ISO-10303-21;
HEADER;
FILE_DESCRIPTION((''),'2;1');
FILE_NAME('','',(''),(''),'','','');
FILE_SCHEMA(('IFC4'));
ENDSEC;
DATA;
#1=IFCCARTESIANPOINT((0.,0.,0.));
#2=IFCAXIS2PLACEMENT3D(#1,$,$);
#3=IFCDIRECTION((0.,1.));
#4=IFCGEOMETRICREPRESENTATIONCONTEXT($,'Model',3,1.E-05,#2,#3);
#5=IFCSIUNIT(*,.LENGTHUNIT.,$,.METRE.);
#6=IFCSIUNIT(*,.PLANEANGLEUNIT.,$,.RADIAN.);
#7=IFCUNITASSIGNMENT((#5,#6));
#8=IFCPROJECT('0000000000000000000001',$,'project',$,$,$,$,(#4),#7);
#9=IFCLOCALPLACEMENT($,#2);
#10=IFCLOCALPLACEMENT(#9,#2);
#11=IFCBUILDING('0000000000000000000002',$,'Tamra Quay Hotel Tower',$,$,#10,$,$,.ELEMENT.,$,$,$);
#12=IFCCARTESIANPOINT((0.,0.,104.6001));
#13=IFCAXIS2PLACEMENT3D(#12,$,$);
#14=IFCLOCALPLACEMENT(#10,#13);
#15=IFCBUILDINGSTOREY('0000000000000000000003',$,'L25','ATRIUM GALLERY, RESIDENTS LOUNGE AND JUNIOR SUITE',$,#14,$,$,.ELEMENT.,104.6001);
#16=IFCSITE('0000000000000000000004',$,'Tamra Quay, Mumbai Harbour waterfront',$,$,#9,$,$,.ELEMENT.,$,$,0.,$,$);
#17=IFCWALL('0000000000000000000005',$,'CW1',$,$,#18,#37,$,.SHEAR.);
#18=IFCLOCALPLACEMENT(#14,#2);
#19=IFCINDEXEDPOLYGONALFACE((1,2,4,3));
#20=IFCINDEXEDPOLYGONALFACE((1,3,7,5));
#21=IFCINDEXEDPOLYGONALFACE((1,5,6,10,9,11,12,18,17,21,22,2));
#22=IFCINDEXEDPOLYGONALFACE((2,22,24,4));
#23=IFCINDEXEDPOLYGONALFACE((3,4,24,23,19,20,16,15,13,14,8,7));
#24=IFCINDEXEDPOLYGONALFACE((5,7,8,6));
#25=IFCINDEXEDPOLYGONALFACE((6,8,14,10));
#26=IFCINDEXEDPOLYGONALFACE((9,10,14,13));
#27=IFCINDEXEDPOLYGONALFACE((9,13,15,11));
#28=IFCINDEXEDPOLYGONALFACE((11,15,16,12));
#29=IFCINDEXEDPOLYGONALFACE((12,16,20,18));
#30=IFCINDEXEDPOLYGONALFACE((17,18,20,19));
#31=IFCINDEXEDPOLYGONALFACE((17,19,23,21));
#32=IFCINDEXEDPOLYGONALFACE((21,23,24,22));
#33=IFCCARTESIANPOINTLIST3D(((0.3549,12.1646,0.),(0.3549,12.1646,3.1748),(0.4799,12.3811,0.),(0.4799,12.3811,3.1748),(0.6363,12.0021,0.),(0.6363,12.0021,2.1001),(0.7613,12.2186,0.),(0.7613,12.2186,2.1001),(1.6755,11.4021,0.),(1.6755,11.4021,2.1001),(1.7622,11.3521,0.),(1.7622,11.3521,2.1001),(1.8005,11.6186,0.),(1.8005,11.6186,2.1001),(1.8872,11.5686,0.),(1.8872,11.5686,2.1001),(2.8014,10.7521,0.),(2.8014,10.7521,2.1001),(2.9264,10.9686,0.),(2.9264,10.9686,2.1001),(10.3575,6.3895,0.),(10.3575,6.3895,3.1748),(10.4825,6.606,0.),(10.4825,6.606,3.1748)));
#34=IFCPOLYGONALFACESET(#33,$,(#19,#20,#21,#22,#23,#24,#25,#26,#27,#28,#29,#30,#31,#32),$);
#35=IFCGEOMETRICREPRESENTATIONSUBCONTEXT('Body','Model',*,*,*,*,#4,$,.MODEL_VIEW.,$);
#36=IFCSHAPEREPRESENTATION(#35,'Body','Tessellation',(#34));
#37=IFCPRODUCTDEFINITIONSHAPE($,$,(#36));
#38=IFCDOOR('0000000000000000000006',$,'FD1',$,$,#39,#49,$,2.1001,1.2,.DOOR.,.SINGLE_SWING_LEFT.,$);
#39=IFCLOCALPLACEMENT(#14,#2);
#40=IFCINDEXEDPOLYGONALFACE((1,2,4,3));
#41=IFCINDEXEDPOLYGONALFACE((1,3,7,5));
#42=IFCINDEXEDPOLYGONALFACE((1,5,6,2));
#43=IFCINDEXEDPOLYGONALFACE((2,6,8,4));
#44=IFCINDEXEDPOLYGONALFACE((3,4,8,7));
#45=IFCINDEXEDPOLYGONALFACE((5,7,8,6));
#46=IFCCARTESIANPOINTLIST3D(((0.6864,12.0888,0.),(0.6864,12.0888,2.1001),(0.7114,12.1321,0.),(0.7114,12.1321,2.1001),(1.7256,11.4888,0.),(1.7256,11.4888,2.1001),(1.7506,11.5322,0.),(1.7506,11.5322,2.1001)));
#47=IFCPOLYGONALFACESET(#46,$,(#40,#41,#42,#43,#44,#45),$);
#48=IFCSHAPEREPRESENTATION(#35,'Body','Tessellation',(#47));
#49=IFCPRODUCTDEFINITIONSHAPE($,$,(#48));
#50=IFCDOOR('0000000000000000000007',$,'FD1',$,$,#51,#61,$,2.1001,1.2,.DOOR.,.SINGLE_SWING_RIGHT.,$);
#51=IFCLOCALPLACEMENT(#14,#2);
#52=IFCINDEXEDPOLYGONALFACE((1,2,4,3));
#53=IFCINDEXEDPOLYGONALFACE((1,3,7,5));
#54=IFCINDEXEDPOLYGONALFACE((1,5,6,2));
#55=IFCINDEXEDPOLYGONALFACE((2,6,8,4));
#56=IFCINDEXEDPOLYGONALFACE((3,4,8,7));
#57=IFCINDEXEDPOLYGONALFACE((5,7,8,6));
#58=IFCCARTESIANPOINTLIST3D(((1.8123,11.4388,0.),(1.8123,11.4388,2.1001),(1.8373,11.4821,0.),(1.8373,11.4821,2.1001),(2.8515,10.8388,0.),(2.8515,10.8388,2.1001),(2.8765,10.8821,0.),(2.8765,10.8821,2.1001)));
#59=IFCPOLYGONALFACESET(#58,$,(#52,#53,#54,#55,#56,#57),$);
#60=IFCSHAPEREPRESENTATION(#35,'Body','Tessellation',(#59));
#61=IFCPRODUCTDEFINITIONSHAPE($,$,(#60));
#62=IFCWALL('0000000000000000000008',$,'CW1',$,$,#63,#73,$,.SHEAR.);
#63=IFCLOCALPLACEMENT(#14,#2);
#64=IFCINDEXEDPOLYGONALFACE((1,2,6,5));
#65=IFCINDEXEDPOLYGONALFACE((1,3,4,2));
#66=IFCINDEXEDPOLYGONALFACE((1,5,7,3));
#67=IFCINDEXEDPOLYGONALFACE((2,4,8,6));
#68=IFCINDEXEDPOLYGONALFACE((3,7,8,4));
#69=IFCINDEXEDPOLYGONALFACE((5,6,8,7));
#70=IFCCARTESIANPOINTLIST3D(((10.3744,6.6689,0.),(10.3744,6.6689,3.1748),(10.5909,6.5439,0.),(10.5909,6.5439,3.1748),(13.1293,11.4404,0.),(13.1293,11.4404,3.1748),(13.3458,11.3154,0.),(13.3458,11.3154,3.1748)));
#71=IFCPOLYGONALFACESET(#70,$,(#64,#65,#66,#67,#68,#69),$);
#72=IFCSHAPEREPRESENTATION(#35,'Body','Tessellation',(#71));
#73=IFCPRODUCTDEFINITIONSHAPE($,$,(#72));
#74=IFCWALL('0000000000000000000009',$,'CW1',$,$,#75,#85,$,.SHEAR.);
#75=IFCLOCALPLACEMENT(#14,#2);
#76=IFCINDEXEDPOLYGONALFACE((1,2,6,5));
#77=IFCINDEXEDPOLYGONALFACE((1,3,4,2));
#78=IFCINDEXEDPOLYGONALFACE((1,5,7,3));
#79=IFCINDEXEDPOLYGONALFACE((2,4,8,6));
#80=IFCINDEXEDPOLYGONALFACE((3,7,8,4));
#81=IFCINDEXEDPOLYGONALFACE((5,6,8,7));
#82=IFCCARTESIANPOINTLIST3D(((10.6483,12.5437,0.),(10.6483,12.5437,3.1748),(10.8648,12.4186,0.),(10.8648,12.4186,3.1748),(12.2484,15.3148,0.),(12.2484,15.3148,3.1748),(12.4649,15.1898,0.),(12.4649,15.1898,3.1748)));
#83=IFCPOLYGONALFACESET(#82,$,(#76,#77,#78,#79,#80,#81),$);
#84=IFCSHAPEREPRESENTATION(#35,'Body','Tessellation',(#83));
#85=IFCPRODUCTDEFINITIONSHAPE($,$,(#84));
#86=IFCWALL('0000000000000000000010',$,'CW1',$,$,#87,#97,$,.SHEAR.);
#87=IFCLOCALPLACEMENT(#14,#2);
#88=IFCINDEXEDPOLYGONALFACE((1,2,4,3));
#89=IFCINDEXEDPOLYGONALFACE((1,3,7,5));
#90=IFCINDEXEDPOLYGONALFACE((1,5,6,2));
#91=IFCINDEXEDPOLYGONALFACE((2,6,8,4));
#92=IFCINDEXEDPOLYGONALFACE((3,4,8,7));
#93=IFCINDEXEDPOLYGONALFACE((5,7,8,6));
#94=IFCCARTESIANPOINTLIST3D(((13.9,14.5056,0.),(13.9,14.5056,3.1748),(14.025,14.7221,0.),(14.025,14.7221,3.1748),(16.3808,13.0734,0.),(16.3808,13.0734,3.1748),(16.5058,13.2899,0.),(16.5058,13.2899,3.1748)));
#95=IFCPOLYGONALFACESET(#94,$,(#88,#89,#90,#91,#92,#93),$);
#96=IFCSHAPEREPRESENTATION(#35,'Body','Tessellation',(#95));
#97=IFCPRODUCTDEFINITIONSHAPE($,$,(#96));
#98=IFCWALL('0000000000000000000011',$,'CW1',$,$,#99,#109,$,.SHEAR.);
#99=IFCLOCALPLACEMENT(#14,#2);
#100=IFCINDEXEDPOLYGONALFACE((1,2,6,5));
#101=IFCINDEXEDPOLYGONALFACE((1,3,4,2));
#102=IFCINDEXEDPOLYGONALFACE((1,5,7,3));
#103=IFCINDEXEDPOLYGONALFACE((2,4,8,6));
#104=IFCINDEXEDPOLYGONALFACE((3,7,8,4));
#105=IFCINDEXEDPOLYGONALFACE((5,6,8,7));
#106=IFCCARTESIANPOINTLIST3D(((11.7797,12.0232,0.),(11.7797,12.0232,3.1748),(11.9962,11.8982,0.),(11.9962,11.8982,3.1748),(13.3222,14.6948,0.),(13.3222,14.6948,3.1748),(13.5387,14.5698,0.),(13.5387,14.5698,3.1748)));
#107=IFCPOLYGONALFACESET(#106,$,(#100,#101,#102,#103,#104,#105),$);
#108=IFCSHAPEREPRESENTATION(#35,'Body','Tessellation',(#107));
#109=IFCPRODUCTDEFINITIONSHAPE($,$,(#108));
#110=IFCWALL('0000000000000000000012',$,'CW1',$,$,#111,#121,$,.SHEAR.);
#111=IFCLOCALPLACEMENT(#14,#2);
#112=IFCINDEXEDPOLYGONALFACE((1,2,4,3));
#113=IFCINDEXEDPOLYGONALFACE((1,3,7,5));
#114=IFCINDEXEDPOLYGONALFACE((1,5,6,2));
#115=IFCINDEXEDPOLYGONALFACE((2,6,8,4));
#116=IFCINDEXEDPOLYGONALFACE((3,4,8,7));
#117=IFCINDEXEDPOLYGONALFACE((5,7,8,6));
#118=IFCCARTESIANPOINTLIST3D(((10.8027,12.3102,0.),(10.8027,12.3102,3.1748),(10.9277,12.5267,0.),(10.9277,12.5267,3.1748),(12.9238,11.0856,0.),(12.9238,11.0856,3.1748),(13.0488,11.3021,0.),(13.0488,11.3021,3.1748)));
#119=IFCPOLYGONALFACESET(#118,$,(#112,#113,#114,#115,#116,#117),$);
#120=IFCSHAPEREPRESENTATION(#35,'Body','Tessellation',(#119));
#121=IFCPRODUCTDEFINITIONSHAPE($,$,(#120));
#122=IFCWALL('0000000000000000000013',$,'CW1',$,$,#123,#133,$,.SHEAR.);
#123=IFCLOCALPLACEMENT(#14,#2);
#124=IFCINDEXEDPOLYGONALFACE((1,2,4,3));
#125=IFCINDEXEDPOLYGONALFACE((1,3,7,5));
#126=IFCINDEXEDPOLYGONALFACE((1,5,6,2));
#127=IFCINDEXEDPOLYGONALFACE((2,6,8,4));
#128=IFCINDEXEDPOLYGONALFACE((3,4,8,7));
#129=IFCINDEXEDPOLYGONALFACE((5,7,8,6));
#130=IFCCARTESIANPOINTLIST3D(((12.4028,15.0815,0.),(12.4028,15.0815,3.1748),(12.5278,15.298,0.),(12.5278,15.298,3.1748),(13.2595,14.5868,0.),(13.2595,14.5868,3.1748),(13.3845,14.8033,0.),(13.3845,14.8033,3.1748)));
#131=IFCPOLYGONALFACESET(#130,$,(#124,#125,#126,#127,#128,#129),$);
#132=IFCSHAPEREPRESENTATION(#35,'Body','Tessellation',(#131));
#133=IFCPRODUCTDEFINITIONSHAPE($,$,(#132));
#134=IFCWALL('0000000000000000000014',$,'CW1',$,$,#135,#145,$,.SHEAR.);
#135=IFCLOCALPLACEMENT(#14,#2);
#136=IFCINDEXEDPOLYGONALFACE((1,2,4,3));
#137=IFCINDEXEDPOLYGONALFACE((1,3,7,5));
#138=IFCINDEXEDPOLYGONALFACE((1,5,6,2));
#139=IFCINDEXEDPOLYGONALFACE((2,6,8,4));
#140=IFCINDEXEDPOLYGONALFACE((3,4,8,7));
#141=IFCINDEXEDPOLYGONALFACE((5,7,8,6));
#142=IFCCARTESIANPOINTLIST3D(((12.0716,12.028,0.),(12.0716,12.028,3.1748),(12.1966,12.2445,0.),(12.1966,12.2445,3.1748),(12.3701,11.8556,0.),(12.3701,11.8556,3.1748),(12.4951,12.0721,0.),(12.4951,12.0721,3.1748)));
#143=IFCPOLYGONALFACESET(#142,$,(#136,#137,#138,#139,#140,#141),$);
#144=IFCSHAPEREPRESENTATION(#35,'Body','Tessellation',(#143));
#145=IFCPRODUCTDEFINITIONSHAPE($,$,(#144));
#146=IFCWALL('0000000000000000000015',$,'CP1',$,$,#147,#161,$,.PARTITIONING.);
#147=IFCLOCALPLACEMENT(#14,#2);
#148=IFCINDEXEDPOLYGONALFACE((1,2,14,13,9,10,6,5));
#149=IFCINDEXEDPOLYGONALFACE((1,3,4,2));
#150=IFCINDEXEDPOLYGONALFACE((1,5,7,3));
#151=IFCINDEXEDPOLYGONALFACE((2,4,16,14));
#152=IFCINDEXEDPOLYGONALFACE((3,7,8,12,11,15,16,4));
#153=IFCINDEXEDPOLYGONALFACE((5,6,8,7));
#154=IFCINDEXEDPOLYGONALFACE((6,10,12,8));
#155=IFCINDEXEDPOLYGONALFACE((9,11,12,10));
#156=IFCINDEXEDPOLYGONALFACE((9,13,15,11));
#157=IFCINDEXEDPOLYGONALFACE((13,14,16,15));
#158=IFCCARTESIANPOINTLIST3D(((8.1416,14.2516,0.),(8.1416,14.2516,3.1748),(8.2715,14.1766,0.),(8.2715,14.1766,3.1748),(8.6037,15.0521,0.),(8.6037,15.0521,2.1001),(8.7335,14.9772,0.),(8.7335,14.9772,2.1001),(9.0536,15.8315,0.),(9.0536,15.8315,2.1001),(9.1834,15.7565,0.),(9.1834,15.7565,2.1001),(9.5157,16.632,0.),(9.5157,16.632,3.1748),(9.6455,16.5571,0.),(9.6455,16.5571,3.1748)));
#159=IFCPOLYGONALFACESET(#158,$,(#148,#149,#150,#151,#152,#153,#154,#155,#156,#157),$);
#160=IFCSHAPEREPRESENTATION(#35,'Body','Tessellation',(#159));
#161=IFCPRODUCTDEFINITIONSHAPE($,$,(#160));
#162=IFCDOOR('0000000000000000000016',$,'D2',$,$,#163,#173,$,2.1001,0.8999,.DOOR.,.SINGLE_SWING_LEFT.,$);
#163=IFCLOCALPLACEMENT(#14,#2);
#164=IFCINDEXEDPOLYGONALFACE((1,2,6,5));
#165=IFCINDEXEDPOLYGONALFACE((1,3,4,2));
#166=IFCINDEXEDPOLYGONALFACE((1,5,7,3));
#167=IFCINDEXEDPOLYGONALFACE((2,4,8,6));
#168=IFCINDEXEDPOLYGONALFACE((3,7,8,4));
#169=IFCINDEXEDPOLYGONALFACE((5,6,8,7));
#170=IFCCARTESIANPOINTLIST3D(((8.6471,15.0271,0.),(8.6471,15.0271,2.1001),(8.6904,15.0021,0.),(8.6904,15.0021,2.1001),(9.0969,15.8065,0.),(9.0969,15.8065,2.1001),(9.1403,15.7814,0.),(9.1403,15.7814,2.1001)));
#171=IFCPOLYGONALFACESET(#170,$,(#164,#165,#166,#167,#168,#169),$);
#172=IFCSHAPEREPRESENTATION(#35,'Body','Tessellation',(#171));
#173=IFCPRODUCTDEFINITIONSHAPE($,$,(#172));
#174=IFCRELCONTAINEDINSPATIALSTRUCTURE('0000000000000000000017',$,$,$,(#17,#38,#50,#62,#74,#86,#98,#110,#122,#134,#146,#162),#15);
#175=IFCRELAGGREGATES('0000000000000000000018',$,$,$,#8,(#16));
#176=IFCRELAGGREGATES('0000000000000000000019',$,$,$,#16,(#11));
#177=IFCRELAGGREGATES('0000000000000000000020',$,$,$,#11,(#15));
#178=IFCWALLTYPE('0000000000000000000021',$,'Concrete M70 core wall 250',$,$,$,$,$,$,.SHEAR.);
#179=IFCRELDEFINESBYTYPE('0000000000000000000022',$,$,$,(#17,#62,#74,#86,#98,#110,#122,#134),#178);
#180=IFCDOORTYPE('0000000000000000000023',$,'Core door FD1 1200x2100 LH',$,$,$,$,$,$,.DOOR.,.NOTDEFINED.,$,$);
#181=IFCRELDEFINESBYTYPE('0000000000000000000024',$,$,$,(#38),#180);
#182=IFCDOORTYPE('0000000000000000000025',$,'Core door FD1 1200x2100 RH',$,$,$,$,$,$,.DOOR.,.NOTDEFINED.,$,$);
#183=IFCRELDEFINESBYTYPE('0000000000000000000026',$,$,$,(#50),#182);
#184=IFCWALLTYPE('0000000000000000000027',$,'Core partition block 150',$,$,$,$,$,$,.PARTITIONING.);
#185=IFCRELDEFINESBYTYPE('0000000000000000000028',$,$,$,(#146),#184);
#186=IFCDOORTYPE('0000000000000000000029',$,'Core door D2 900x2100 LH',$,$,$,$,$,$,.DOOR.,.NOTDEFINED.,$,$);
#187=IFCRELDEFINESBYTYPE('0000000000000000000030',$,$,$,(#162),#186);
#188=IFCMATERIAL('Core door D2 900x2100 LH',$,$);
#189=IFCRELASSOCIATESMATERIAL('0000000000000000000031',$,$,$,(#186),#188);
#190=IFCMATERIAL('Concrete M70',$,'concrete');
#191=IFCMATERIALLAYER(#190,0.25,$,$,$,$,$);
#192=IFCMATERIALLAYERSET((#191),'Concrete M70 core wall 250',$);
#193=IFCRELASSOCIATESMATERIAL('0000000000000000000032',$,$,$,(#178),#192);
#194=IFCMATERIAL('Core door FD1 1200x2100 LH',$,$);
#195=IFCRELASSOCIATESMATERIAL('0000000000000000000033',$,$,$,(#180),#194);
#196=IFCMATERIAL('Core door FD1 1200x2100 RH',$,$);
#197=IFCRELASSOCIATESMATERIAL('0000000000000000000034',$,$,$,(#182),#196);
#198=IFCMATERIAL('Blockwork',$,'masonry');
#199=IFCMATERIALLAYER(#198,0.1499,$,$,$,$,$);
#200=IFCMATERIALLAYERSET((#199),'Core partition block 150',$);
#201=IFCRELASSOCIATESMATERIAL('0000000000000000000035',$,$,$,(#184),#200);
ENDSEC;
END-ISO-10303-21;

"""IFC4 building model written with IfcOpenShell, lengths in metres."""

from ifc_helpers import new_model, si_unit, direction, frame, frame_2d, origin, place, context, subcontext, project, spatial, rectangle, extrude, material, layer, layer_set, type_object, element, fill, save


model = new_model("IFC4")

# Units and contexts
model_context = context("Model", 3, precision=1e-05, world=origin(), true_north=direction((0.0, 1.0)))
body_context = subcontext(model_context, "Body", "Model", "MODEL_VIEW")
ifc_project = project(units=[si_unit("LENGTHUNIT", "METRE"), si_unit("PLANEANGLEUNIT", "RADIAN")], contexts=[model_context])

# Site, building, storey
site_placement = place(None, origin())
site = spatial("IfcSite", under=ifc_project, at=site_placement, Name="Tamra Quay, Mumbai Harbour waterfront", CompositionType="ELEMENT", RefElevation=0.0)
building_placement = place(site_placement, origin())
building = spatial("IfcBuilding", under=site, at=building_placement, Name="Tamra Quay Hotel Tower", CompositionType="ELEMENT")
storey_placement = place(building_placement, frame((0.0, 0.0, 104.6001)))
storey = spatial("IfcBuildingStorey", under=building, at=storey_placement, Name="L25", Description="ATRIUM GALLERY, RESIDENTS LOUNGE AND JUNIOR SUITE", CompositionType="ELEMENT", Elevation=104.6001)

# Shared definitions
ifc_material_1 = material(Name="Concrete M70", Category="concrete")

# Shared definitions
ifc_material_2 = material(Name="Core door D2 900x2100 LH")
door_type_1 = type_object("IfcDoorType", Name="Core door D2 900x2100 LH", OperationType="NOTDEFINED", PredefinedType="DOOR", material=ifc_material_2)

# Wall, openings, doors
ifc_layer_1 = layer(ifc_material_1, 0.25)
ifc_layer_set_1 = layer_set([ifc_layer_1], Name="Concrete M70 core wall 250")
wall_type_1 = type_object("IfcWallType", Name="Concrete M70 core wall 250", PredefinedType="SHEAR", material=ifc_layer_set_1)
wall_1_placement = place(storey_placement, frame((10.4199, 6.4978, 0.0), z_axis=(0.0, 0.0, 1.0), x_axis=(-0.866022, 0.500006, 0.0)))
wall_1 = element("IfcWall", 1, at=wall_1_placement, inside=storey, type_object=wall_type_1, Name="CW1", PredefinedType="SHEAR", context=body_context, shape_type="SweptSolid", body=[
    extrude(rectangle(XDim=11.55, YDim=0.25, at=frame_2d((5.7749, 0.0))), origin(), (0.0, 0.0, 1.0), 3.1748),
])
opening_1_placement = place(wall_1_placement, frame((10.0249, 0.0, 0.0)))
opening_1 = element("IfcOpeningElement", 2, at=opening_1_placement, cuts=wall_1, PredefinedType="OPENING", context=body_context, shape_type="SweptSolid", body=[
    extrude(rectangle(XDim=1.2, YDim=2.1001, at=frame_2d((0.6001, 1.05))), frame((0.0, 0.135, 0.0), z_axis=(0.0, -1.0, 0.0), x_axis=(1.0, 0.0, 0.0)), (0.0, 0.0, 1.0), 0.27),
])
opening_2_placement = place(wall_1_placement, frame((8.7249, 0.0, 0.0)))
opening_2 = element("IfcOpeningElement", 3, at=opening_2_placement, cuts=wall_1, PredefinedType="OPENING", context=body_context, shape_type="SweptSolid", body=[
    extrude(rectangle(XDim=1.2, YDim=2.1001, at=frame_2d((0.6001, 1.05))), frame((0.0, 0.135, 0.0), z_axis=(0.0, -1.0, 0.0), x_axis=(1.0, 0.0, 0.0)), (0.0, 0.0, 1.0), 0.27),
])
ifc_material_3 = material(Name="Core door FD1 1200x2100 LH")
door_type_2 = type_object("IfcDoorType", Name="Core door FD1 1200x2100 LH", OperationType="NOTDEFINED", PredefinedType="DOOR", material=ifc_material_3)
door_1_placement = place(opening_1_placement, origin())
door_1 = element("IfcDoor", 4, at=door_1_placement, inside=storey, type_object=door_type_2, Name="FD1", OperationType="SINGLE_SWING_LEFT", OverallHeight=2.1001, OverallWidth=1.2, PredefinedType="DOOR", context=body_context, shape_type="SweptSolid", body=[
    extrude(rectangle(XDim=1.2, YDim=2.1001, at=frame_2d((0.6001, 1.05))), frame((0.0, 0.0249, 0.0), z_axis=(0.0, -1.0, 0.0), x_axis=(1.0, 0.0, 0.0)), (0.0, 0.0, 1.0), 0.05),
])
fill(opening_1, door_1)
ifc_material_4 = material(Name="Core door FD1 1200x2100 RH")
door_type_3 = type_object("IfcDoorType", Name="Core door FD1 1200x2100 RH", OperationType="NOTDEFINED", PredefinedType="DOOR", material=ifc_material_4)
door_2_placement = place(opening_2_placement, origin())
door_2 = element("IfcDoor", 5, at=door_2_placement, inside=storey, type_object=door_type_3, Name="FD1", OperationType="SINGLE_SWING_RIGHT", OverallHeight=2.1001, OverallWidth=1.2, PredefinedType="DOOR", context=body_context, shape_type="SweptSolid", body=[
    extrude(rectangle(XDim=1.2, YDim=2.1001, at=frame_2d((0.6001, 1.05))), frame((0.0, 0.0249, 0.0), z_axis=(0.0, -1.0, 0.0), x_axis=(1.0, 0.0, 0.0)), (0.0, 0.0, 1.0), 0.05),
])
fill(opening_2, door_2)

# Walls
wall_2_placement = place(storey_placement, frame((13.2375, 11.3779, 0.0), z_axis=(0.0, 0.0, 1.0), x_axis=(-0.500009, -0.86602, 0.0)))
element("IfcWall", 6, at=wall_2_placement, inside=storey, type_object=wall_type_1, Name="CW1", PredefinedType="SHEAR", context=body_context, shape_type="SweptSolid", body=[
    extrude(rectangle(XDim=5.5098, YDim=0.25, at=frame_2d((2.7549, 0.0))), origin(), (0.0, 0.0, 1.0), 3.1748),
])
wall_3_placement = place(storey_placement, frame((12.3567, 15.2524, 0.0), z_axis=(0.0, 0.0, 1.0), x_axis=(-0.500028, -0.866009, 0.0)))
element("IfcWall", 7, at=wall_3_placement, inside=storey, type_object=wall_type_1, Name="CW1", PredefinedType="SHEAR", context=body_context, shape_type="SweptSolid", body=[
    extrude(rectangle(XDim=3.2, YDim=0.25, at=frame_2d((1.6001, 0.0))), origin(), (0.0, 0.0, 1.0), 3.1748),
])
wall_4_placement = place(storey_placement, frame((13.9626, 14.6138, 0.0), z_axis=(0.0, 0.0, 1.0), x_axis=(0.866042, -0.499971, 0.0)))
element("IfcWall", 8, at=wall_4_placement, inside=storey, type_object=wall_type_1, Name="CW1", PredefinedType="SHEAR", context=body_context, shape_type="SweptSolid", body=[
    extrude(rectangle(XDim=2.8645, YDim=0.25, at=frame_2d((1.4321, 0.0))), origin(), (0.0, 0.0, 1.0), 3.1748),
])
wall_5_placement = place(storey_placement, frame((11.8879, 11.9607, 0.0), z_axis=(0.0, 0.0, 1.0), x_axis=(0.500003, 0.866023, 0.0)))
element("IfcWall", 9, at=wall_5_placement, inside=storey, type_object=wall_type_1, Name="CW1", PredefinedType="SHEAR", context=body_context, shape_type="SweptSolid", body=[
    extrude(rectangle(XDim=3.085, YDim=0.25, at=frame_2d((1.5425, 0.0))), origin(), (0.0, 0.0, 1.0), 3.1748),
])
wall_6_placement = place(storey_placement, frame((10.8652, 12.4185, 0.0), z_axis=(0.0, 0.0, 1.0), x_axis=(0.866026, -0.499999, 0.0)))
element("IfcWall", 10, at=wall_6_placement, inside=storey, type_object=wall_type_1, Name="CW1", PredefinedType="SHEAR", context=body_context, shape_type="SweptSolid", body=[
    extrude(rectangle(XDim=2.4492, YDim=0.25, at=frame_2d((1.2246, 0.0))), origin(), (0.0, 0.0, 1.0), 3.1748),
])
wall_7_placement = place(storey_placement, frame((13.322, 14.6951, 0.0), z_axis=(0.0, 0.0, 1.0), x_axis=(-0.866017, 0.500014, 0.0)))
element("IfcWall", 11, at=wall_7_placement, inside=storey, type_object=wall_type_1, Name="CW1", PredefinedType="SHEAR", context=body_context, shape_type="SweptSolid", body=[
    extrude(rectangle(XDim=0.9893, YDim=0.25, at=frame_2d((0.4946, 0.0))), origin(), (0.0, 0.0, 1.0), 3.1748),
])
wall_8_placement = place(storey_placement, frame((12.4326, 11.9639, 0.0), z_axis=(0.0, 0.0, 1.0), x_axis=(-0.866056, 0.499947, 0.0)))
element("IfcWall", 12, at=wall_8_placement, inside=storey, type_object=wall_type_1, Name="CW1", PredefinedType="SHEAR", context=body_context, shape_type="SweptSolid", body=[
    extrude(rectangle(XDim=0.3447, YDim=0.25, at=frame_2d((0.1724, 0.0))), origin(), (0.0, 0.0, 1.0), 3.1748),
])

# Wall, opening, door
ifc_material_5 = material(Name="Blockwork", Category="masonry")
ifc_layer_2 = layer(ifc_material_5, 0.1499)
ifc_layer_set_2 = layer_set([ifc_layer_2], Name="Core partition block 150")
wall_type_2 = type_object("IfcWallType", Name="Core partition block 150", PredefinedType="PARTITIONING", material=ifc_layer_set_2)
wall_9_placement = place(storey_placement, frame((8.2065, 14.2141, 0.0), z_axis=(0.0, 0.0, 1.0), x_axis=(0.499922, 0.86607, 0.0)))
wall_9 = element("IfcWall", 13, at=wall_9_placement, inside=storey, type_object=wall_type_2, Name="CP1", PredefinedType="PARTITIONING", context=body_context, shape_type="SweptSolid", body=[
    extrude(rectangle(XDim=2.7485, YDim=0.1499, at=frame_2d((1.3743, 0.0))), origin(), (0.0, 0.0, 1.0), 3.1748),
])
opening_3_placement = place(wall_9_placement, frame((0.9243, 0.0, 0.0)))
opening_3 = element("IfcOpeningElement", 14, at=opening_3_placement, cuts=wall_9, PredefinedType="OPENING", context=body_context, shape_type="SweptSolid", body=[
    extrude(rectangle(XDim=0.8999, YDim=2.1001, at=frame_2d((0.45, 1.05))), frame((0.0, 0.085, 0.0), z_axis=(0.0, -1.0, 0.0), x_axis=(1.0, 0.0, 0.0)), (0.0, 0.0, 1.0), 0.1699),
])
door_3_placement = place(opening_3_placement, origin())
door_3 = element("IfcDoor", 15, at=door_3_placement, inside=storey, type_object=door_type_1, Name="D2", OperationType="SINGLE_SWING_LEFT", OverallHeight=2.1001, OverallWidth=0.8999, PredefinedType="DOOR", context=body_context, shape_type="SweptSolid", body=[
    extrude(rectangle(XDim=0.8999, YDim=2.1001, at=frame_2d((0.45, 1.05))), frame((0.0, 0.0249, 0.0), z_axis=(0.0, -1.0, 0.0), x_axis=(1.0, 0.0, 0.0)), (0.0, 0.0, 1.0), 0.05),
])
fill(opening_3, door_3)

save(model, "model.ifc")
